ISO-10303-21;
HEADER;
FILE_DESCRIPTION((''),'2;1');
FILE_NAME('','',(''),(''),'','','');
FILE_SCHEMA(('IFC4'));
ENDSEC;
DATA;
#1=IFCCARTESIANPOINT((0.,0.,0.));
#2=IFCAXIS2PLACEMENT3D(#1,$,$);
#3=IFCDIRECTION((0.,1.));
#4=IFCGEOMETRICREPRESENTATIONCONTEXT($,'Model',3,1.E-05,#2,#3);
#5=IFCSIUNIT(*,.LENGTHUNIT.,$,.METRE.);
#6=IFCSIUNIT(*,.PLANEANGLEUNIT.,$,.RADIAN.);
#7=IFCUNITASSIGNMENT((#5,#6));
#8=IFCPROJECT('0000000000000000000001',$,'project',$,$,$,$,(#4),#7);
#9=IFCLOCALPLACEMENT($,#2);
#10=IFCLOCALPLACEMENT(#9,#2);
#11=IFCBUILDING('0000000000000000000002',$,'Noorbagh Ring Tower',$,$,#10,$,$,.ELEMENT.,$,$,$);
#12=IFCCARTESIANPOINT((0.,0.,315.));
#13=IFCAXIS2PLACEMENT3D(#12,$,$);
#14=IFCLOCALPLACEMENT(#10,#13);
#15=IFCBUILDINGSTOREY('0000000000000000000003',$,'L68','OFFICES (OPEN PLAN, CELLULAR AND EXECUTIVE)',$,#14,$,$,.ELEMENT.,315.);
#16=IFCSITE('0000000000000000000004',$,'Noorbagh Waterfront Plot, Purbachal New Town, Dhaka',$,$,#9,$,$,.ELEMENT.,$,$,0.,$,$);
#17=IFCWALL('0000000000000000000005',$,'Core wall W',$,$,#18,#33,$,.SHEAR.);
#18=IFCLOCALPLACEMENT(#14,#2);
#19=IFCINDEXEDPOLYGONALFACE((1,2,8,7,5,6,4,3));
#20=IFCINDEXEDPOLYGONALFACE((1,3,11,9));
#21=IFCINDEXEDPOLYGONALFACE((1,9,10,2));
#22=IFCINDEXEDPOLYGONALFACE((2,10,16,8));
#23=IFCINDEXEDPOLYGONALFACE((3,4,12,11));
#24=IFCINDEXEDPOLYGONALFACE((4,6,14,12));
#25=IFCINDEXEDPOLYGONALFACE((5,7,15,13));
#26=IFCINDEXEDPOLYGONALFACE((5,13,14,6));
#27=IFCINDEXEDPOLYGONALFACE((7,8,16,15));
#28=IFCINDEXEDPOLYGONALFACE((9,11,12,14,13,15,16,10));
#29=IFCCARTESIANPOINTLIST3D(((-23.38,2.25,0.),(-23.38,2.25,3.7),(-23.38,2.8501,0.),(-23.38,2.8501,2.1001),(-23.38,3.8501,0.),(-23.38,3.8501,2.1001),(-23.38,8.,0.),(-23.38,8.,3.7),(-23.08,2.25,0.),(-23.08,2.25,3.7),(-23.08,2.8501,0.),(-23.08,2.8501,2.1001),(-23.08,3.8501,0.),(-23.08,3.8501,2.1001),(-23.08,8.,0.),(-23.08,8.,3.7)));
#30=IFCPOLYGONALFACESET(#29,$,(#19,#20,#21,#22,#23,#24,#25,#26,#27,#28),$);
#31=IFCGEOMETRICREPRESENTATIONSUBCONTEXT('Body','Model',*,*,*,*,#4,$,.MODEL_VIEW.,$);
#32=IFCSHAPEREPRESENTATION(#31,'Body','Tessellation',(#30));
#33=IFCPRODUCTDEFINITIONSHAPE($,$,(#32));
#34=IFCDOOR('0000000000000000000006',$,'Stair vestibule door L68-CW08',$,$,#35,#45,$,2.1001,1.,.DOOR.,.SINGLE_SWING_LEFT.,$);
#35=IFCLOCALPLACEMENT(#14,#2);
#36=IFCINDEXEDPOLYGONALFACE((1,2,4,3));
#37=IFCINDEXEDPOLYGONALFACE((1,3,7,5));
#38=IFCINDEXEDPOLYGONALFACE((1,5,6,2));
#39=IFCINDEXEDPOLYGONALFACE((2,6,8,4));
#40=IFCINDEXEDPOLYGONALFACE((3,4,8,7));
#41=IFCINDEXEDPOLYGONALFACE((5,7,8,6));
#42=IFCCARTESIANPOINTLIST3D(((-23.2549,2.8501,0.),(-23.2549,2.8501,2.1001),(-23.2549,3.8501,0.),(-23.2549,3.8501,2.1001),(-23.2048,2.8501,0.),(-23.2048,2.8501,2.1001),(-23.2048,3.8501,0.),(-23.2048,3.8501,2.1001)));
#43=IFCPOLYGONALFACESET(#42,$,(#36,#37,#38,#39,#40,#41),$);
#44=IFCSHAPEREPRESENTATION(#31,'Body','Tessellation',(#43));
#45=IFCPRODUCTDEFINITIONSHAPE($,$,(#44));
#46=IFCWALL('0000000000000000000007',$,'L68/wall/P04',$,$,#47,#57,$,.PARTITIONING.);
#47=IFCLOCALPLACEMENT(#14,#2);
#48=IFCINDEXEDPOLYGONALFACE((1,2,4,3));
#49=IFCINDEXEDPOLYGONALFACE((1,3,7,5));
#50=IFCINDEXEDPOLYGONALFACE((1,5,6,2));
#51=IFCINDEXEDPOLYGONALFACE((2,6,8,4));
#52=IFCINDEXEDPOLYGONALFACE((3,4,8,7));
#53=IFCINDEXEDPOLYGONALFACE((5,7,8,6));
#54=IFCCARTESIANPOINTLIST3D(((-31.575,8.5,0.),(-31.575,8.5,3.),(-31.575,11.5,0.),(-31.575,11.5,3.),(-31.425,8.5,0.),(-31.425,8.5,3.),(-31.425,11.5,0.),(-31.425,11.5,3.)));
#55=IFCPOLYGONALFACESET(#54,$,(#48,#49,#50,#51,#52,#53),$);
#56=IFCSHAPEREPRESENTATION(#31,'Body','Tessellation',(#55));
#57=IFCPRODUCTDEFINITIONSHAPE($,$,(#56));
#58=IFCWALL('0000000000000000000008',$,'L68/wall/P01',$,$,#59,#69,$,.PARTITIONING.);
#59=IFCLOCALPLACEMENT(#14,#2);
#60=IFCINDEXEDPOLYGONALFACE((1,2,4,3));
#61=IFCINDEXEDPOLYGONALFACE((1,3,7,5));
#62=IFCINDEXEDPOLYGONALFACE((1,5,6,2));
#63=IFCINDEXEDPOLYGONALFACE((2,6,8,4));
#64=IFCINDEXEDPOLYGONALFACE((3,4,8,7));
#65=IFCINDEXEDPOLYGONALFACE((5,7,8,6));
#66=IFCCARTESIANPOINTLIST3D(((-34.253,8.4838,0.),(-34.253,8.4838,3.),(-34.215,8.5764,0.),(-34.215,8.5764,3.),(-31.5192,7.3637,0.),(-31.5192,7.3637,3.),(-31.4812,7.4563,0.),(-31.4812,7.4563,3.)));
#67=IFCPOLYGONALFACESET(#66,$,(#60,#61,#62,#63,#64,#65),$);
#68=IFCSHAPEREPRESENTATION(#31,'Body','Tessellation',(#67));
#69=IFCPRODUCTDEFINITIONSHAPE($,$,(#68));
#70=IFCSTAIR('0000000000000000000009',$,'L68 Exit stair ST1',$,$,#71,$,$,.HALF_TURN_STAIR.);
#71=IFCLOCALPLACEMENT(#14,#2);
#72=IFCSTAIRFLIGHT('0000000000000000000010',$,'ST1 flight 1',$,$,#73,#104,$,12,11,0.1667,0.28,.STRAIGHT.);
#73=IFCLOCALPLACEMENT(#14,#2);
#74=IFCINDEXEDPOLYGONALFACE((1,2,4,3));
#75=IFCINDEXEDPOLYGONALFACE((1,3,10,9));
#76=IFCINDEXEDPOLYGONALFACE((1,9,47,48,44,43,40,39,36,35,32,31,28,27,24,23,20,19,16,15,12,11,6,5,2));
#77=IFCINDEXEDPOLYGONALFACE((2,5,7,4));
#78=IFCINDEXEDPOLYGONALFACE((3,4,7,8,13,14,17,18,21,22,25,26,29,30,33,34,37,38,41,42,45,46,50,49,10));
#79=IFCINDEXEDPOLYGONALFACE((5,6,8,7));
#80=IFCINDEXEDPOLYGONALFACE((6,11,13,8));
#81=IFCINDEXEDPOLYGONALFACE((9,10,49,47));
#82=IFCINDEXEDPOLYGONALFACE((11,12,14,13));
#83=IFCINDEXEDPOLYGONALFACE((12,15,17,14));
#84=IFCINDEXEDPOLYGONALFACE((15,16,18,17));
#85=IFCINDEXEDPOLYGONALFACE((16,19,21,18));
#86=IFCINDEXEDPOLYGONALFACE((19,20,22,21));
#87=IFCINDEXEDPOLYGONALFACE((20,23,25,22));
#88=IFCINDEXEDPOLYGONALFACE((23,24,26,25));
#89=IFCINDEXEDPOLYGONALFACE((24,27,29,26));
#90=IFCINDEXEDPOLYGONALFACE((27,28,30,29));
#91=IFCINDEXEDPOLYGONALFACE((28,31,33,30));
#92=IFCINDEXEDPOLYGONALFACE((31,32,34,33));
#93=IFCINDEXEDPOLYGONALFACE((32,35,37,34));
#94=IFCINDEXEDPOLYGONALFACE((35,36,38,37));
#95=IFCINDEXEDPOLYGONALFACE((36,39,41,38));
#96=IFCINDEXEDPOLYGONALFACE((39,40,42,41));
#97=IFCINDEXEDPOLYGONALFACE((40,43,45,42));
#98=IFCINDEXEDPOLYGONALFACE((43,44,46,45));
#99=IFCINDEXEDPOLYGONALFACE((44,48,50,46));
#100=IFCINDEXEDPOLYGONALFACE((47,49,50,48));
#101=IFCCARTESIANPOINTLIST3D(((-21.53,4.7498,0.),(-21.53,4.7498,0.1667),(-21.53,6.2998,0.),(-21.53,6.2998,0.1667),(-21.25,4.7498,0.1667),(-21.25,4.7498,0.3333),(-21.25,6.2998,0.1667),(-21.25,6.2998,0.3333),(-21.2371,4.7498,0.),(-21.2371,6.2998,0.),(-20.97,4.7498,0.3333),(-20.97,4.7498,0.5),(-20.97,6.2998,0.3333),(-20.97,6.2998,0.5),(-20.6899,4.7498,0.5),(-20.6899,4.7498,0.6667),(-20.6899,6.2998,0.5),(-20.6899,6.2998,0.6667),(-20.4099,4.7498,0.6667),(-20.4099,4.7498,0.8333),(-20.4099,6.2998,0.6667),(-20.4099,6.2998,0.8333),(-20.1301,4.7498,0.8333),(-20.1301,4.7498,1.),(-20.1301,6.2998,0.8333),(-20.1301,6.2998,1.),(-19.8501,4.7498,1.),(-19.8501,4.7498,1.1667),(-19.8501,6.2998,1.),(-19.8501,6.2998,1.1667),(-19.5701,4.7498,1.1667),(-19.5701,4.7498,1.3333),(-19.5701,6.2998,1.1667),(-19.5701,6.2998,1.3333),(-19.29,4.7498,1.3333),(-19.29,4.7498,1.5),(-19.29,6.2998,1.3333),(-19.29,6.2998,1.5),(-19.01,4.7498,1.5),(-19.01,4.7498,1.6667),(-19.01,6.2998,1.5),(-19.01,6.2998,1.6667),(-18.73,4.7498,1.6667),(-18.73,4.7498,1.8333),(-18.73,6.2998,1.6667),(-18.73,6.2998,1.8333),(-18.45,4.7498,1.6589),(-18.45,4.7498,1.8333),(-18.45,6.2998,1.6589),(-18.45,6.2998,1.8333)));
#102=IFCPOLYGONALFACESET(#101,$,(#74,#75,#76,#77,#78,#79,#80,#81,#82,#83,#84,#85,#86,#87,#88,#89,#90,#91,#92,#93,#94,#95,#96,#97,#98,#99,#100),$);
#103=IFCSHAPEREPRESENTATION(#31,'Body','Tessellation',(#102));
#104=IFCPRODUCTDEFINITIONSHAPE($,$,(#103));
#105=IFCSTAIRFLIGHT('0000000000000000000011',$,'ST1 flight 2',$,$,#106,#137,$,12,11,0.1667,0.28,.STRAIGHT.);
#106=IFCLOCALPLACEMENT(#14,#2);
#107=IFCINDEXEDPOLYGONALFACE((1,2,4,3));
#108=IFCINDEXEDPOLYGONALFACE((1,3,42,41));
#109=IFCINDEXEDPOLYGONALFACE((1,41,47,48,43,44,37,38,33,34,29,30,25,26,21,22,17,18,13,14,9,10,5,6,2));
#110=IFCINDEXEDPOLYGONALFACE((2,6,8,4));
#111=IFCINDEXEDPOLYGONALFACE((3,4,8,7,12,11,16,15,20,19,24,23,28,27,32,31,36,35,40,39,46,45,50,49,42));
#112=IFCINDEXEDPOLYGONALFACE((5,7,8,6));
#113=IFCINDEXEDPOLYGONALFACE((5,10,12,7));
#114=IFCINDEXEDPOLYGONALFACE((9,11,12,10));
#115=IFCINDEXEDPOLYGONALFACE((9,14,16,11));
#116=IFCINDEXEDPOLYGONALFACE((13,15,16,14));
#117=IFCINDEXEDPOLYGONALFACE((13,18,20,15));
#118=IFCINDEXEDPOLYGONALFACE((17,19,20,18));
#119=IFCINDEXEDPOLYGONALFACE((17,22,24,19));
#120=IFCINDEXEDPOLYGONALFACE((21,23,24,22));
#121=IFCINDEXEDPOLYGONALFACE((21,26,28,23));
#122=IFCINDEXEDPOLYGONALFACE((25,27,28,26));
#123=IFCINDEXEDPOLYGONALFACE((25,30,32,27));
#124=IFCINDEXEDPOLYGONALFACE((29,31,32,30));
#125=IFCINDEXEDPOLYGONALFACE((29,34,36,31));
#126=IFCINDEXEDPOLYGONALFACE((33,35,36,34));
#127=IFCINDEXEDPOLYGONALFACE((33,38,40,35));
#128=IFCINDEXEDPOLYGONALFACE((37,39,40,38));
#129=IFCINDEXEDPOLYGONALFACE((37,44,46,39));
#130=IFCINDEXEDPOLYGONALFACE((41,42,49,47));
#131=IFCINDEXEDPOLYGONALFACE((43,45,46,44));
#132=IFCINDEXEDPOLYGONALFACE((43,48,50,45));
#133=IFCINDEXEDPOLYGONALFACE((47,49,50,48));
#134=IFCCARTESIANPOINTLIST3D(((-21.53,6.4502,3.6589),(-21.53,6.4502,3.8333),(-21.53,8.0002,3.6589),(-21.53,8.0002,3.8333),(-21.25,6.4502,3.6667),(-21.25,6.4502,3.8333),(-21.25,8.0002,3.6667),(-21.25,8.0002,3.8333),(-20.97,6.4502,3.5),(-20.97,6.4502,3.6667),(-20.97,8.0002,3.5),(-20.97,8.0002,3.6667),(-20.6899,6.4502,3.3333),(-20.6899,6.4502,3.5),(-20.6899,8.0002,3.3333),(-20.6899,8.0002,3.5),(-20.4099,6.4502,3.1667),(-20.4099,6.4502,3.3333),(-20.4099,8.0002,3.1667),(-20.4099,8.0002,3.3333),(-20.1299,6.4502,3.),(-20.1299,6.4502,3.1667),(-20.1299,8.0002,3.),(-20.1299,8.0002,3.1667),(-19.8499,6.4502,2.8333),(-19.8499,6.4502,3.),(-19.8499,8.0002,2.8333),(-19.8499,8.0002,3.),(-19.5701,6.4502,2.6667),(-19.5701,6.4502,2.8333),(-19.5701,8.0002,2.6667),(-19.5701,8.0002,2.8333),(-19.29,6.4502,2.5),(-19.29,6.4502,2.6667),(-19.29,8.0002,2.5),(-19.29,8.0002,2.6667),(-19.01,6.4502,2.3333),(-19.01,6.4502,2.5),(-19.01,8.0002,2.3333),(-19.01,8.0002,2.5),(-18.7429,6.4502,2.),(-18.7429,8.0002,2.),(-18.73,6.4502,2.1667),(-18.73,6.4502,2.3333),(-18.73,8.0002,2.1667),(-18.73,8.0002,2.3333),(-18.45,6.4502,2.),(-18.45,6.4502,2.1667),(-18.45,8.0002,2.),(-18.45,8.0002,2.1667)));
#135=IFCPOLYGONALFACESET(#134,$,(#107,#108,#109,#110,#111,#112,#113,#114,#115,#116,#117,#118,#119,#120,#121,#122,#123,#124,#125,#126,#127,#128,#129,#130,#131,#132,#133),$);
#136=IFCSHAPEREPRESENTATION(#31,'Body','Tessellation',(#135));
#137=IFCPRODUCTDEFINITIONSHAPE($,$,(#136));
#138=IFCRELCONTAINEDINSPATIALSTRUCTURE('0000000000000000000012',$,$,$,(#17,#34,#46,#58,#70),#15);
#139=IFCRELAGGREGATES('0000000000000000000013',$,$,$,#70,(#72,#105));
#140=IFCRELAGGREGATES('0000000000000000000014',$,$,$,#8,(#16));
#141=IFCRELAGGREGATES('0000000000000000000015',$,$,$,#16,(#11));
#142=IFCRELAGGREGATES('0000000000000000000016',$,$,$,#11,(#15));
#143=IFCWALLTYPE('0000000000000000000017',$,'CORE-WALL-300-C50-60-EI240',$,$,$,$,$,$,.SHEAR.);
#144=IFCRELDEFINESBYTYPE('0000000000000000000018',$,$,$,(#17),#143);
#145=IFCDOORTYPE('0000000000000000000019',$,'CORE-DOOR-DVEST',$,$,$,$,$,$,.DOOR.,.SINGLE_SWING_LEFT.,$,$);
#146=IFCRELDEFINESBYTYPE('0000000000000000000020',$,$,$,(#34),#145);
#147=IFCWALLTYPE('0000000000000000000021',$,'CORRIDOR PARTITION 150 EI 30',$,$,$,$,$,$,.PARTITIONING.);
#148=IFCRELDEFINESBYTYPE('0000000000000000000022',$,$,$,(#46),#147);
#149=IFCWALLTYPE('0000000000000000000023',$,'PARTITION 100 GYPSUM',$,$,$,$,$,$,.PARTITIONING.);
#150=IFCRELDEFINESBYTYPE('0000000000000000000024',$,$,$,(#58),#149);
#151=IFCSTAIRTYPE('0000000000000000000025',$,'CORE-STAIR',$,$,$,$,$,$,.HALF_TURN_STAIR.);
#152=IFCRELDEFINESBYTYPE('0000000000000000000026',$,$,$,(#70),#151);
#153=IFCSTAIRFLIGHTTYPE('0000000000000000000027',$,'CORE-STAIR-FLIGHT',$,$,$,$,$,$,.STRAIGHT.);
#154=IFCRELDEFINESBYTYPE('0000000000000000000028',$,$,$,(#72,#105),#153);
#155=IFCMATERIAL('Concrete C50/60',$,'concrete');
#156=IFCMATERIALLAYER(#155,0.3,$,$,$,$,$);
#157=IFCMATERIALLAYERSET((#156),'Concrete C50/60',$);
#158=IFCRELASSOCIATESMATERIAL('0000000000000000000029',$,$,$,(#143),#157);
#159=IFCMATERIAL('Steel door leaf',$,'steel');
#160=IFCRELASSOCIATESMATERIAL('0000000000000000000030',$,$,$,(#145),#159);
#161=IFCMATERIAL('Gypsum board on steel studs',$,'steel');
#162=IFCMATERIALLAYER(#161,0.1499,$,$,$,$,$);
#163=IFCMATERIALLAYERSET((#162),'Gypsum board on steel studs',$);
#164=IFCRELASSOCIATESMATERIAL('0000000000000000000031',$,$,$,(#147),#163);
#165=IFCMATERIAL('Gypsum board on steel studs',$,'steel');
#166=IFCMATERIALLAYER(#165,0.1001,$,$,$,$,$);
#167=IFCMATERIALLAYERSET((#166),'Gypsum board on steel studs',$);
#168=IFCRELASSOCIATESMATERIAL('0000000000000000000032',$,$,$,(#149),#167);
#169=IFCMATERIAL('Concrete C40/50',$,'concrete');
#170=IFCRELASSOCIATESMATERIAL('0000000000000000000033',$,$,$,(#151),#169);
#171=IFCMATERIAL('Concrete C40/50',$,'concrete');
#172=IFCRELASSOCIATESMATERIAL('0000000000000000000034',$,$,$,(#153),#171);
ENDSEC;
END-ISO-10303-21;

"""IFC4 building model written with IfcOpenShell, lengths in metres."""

from ifc_helpers import new_model, si_unit, direction, frame, frame_2d, origin, place, context, subcontext, project, spatial, polyline, rectangle, outline, extrude, material, layer, layer_set, type_object, element, fill, aggregate, save


model = new_model("IFC4")

# Units and contexts
model_context = context("Model", 3, precision=1e-05, world=origin(), true_north=direction((0.0, 1.0)))
body_context = subcontext(model_context, "Body", "Model", "MODEL_VIEW")
ifc_project = project(units=[si_unit("LENGTHUNIT", "METRE"), si_unit("PLANEANGLEUNIT", "RADIAN")], contexts=[model_context])

# Site, building, storey
site_placement = place(None, origin())
site = spatial("IfcSite", under=ifc_project, at=site_placement, Name="Noorbagh Waterfront Plot, Purbachal New Town, Dhaka", CompositionType="ELEMENT", RefElevation=0.0)
building_placement = place(site_placement, origin())
building = spatial("IfcBuilding", under=site, at=building_placement, Name="Noorbagh Ring Tower", CompositionType="ELEMENT")
storey_placement = place(building_placement, frame((0.0, 0.0, 315.0)))
storey = spatial("IfcBuildingStorey", under=building, at=storey_placement, Name="L68", Description="OFFICES (OPEN PLAN, CELLULAR AND EXECUTIVE)", CompositionType="ELEMENT", Elevation=315.0)

# Shared definitions
ifc_material_1 = material(Name="Concrete C50/60", Category="concrete")
ifc_layer_1 = layer(ifc_material_1, 0.3)
ifc_layer_set_1 = layer_set([ifc_layer_1], Name="Concrete C50/60")
wall_type_1 = type_object("IfcWallType", Name="CORE-WALL-300-C50-60-EI240", PredefinedType="SHEAR", material=ifc_layer_set_1)

# Wall, opening, door
wall_1_placement = place(storey_placement, frame((-23.23, 2.25, 0.0), z_axis=(0.0, 0.0, 1.0), x_axis=(0.0, 1.0, 0.0)))
wall_1 = element("IfcWall", 1, at=wall_1_placement, inside=storey, type_object=wall_type_1, Name="Core wall W", PredefinedType="SHEAR", context=body_context, shape_type="SweptSolid", body=[
    extrude(rectangle(XDim=5.75, YDim=0.3, at=frame_2d((2.875, 0.0))), origin(), (0.0, 0.0, 1.0), 3.7),
])
opening_placement = place(wall_1_placement, frame((0.6001, 0.0, 0.0)))
opening = element("IfcOpeningElement", 2, at=opening_placement, cuts=wall_1, PredefinedType="OPENING", context=body_context, shape_type="SweptSolid", body=[
    extrude(rectangle(XDim=1.0, YDim=2.1001, at=frame_2d((0.5, 1.05))), frame((0.0, 0.1602, 0.0), z_axis=(0.0, -1.0, 0.0), x_axis=(1.0, 0.0, 0.0)), (0.0, 0.0, 1.0), 0.3201),
])
ifc_material_2 = material(Name="Steel door leaf", Category="steel")
door_type = type_object("IfcDoorType", Name="CORE-DOOR-DVEST", OperationType="SINGLE_SWING_LEFT", PredefinedType="DOOR", material=ifc_material_2)
door_placement = place(opening_placement, origin())
door = element("IfcDoor", 3, at=door_placement, inside=storey, type_object=door_type, Name="Stair vestibule door L68-CW08", OperationType="SINGLE_SWING_LEFT", OverallHeight=2.1001, OverallWidth=1.0, PredefinedType="DOOR", context=body_context, shape_type="SweptSolid", body=[
    extrude(rectangle(XDim=1.0, YDim=2.1001, at=frame_2d((0.5, 1.05))), frame((0.0, 0.0249, 0.0), z_axis=(0.0, -1.0, 0.0), x_axis=(1.0, 0.0, 0.0)), (0.0, 0.0, 1.0), 0.05),
])
fill(opening, door)

# Walls
ifc_material_3 = material(Name="Gypsum board on steel studs", Category="steel")
ifc_layer_2 = layer(ifc_material_3, 0.1499)
ifc_layer_set_2 = layer_set([ifc_layer_2], Name="Gypsum board on steel studs")
wall_type_2 = type_object("IfcWallType", Name="CORRIDOR PARTITION 150 EI 30", PredefinedType="PARTITIONING", material=ifc_layer_set_2)
wall_2_placement = place(storey_placement, frame((-31.5, 8.5, 0.0), z_axis=(0.0, 0.0, 1.0), x_axis=(0.0, 1.0, 0.0)))
element("IfcWall", 4, at=wall_2_placement, inside=storey, type_object=wall_type_2, Name="L68/wall/P04", PredefinedType="PARTITIONING", context=body_context, shape_type="SweptSolid", body=[
    extrude(rectangle(XDim=3.0, YDim=0.1499, at=frame_2d((1.5, 0.0))), origin(), (0.0, 0.0, 1.0), 3.0),
])
ifc_material_4 = material(Name="Gypsum board on steel studs", Category="steel")
ifc_layer_3 = layer(ifc_material_4, 0.1001)
ifc_layer_set_3 = layer_set([ifc_layer_3], Name="Gypsum board on steel studs")
wall_type_3 = type_object("IfcWallType", Name="PARTITION 100 GYPSUM", PredefinedType="PARTITIONING", material=ifc_layer_set_3)
wall_3_placement = place(storey_placement, frame((-34.2339, 8.53, 0.0), z_axis=(0.0, 0.0, 1.0), x_axis=(0.925344, -0.379128, 0.0)))
element("IfcWall", 5, at=wall_3_placement, inside=storey, type_object=wall_type_3, Name="L68/wall/P01", PredefinedType="PARTITIONING", context=body_context, shape_type="SweptSolid", body=[
    extrude(rectangle(XDim=2.9543, YDim=0.1001, at=frame_2d((1.4771, 0.0))), origin(), (0.0, 0.0, 1.0), 3.0),
])

# Stair, stair flights
ifc_material_5 = material(Name="Concrete C40/50", Category="concrete")
stair_type = type_object("IfcStairType", Name="CORE-STAIR", PredefinedType="HALF_TURN_STAIR", material=ifc_material_5)
stair_placement = place(storey_placement, origin())
stair = element("IfcStair", 6, at=stair_placement, inside=storey, type_object=stair_type, Name="L68 Exit stair ST1", PredefinedType="HALF_TURN_STAIR")
ifc_material_6 = material(Name="Concrete C40/50", Category="concrete")
stair_flight_type = type_object("IfcStairFlightType", Name="CORE-STAIR-FLIGHT", PredefinedType="STRAIGHT", material=ifc_material_6)
stair_flight_1_placement = place(storey_placement, frame((-21.53, 5.5249, 0.0), z_axis=(0.0, 0.0, 1.0), x_axis=(1.0, 0.0, 0.0)))
stair_flight_1 = element("IfcStairFlight", 7, at=stair_flight_1_placement, type_object=stair_flight_type, Name="ST1 flight 1", NumberOfRisers=12, NumberOfTreads=11, PredefinedType="STRAIGHT", RiserHeight=0.1667, TreadLength=0.28, context=body_context, shape_type="SweptSolid", body=[
    extrude(outline(polyline([(0.0, 0.0), (0.0, 0.1667), (0.28, 0.1667), (0.28, 0.3333), (0.5601, 0.3333), (0.5601, 0.5), (0.8401, 0.5), (0.8401, 0.6667), (1.1201, 0.6667), (1.1201, 0.8333), (1.3999, 0.8333), (1.3999, 1.0), (1.6799, 1.0), (1.6799, 1.1667), (1.96, 1.1667), (1.96, 1.3333), (2.24, 1.3333), (2.24, 1.5), (2.52, 1.5), (2.52, 1.6667), (2.8, 1.6667), (2.8, 1.8333), (3.0801, 1.8333), (3.0801, 2.0), (3.0801, 1.6589), (0.293, 0.0), (0.0, 0.0)])), frame((0.0, 0.7749, 0.0), z_axis=(0.0, -1.0, 0.0), x_axis=(1.0, 0.0, 0.0)), (0.0, 0.0, 1.0), 1.55),
])
stair_flight_2_placement = place(storey_placement, frame((-18.45, 7.2251, 2.0), z_axis=(0.0, 0.0, 1.0), x_axis=(-1.0, 0.0, 0.0)))
stair_flight_2 = element("IfcStairFlight", 8, at=stair_flight_2_placement, type_object=stair_flight_type, Name="ST1 flight 2", NumberOfRisers=12, NumberOfTreads=11, PredefinedType="STRAIGHT", RiserHeight=0.1667, TreadLength=0.28, context=body_context, shape_type="SweptSolid", body=[
    extrude(outline(polyline([(0.0, 0.0), (0.0, 0.1667), (0.28, 0.1667), (0.28, 0.3333), (0.5601, 0.3333), (0.5601, 0.5), (0.8401, 0.5), (0.8401, 0.6667), (1.1201, 0.6667), (1.1201, 0.8333), (1.3999, 0.8333), (1.3999, 1.0), (1.6799, 1.0), (1.6799, 1.1667), (1.96, 1.1667), (1.96, 1.3333), (2.24, 1.3333), (2.24, 1.5), (2.52, 1.5), (2.52, 1.6667), (2.8, 1.6667), (2.8, 1.8333), (3.0801, 1.8333), (3.0801, 2.0), (3.0801, 1.6589), (0.293, 0.0), (0.0, 0.0)])), frame((0.0, 0.7749, 0.0), z_axis=(0.0, -1.0, 0.0), x_axis=(1.0, 0.0, 0.0)), (0.0, 0.0, 1.0), 1.55),
])
aggregate(stair, [stair_flight_1, stair_flight_2])

save(model, "model.ifc")
